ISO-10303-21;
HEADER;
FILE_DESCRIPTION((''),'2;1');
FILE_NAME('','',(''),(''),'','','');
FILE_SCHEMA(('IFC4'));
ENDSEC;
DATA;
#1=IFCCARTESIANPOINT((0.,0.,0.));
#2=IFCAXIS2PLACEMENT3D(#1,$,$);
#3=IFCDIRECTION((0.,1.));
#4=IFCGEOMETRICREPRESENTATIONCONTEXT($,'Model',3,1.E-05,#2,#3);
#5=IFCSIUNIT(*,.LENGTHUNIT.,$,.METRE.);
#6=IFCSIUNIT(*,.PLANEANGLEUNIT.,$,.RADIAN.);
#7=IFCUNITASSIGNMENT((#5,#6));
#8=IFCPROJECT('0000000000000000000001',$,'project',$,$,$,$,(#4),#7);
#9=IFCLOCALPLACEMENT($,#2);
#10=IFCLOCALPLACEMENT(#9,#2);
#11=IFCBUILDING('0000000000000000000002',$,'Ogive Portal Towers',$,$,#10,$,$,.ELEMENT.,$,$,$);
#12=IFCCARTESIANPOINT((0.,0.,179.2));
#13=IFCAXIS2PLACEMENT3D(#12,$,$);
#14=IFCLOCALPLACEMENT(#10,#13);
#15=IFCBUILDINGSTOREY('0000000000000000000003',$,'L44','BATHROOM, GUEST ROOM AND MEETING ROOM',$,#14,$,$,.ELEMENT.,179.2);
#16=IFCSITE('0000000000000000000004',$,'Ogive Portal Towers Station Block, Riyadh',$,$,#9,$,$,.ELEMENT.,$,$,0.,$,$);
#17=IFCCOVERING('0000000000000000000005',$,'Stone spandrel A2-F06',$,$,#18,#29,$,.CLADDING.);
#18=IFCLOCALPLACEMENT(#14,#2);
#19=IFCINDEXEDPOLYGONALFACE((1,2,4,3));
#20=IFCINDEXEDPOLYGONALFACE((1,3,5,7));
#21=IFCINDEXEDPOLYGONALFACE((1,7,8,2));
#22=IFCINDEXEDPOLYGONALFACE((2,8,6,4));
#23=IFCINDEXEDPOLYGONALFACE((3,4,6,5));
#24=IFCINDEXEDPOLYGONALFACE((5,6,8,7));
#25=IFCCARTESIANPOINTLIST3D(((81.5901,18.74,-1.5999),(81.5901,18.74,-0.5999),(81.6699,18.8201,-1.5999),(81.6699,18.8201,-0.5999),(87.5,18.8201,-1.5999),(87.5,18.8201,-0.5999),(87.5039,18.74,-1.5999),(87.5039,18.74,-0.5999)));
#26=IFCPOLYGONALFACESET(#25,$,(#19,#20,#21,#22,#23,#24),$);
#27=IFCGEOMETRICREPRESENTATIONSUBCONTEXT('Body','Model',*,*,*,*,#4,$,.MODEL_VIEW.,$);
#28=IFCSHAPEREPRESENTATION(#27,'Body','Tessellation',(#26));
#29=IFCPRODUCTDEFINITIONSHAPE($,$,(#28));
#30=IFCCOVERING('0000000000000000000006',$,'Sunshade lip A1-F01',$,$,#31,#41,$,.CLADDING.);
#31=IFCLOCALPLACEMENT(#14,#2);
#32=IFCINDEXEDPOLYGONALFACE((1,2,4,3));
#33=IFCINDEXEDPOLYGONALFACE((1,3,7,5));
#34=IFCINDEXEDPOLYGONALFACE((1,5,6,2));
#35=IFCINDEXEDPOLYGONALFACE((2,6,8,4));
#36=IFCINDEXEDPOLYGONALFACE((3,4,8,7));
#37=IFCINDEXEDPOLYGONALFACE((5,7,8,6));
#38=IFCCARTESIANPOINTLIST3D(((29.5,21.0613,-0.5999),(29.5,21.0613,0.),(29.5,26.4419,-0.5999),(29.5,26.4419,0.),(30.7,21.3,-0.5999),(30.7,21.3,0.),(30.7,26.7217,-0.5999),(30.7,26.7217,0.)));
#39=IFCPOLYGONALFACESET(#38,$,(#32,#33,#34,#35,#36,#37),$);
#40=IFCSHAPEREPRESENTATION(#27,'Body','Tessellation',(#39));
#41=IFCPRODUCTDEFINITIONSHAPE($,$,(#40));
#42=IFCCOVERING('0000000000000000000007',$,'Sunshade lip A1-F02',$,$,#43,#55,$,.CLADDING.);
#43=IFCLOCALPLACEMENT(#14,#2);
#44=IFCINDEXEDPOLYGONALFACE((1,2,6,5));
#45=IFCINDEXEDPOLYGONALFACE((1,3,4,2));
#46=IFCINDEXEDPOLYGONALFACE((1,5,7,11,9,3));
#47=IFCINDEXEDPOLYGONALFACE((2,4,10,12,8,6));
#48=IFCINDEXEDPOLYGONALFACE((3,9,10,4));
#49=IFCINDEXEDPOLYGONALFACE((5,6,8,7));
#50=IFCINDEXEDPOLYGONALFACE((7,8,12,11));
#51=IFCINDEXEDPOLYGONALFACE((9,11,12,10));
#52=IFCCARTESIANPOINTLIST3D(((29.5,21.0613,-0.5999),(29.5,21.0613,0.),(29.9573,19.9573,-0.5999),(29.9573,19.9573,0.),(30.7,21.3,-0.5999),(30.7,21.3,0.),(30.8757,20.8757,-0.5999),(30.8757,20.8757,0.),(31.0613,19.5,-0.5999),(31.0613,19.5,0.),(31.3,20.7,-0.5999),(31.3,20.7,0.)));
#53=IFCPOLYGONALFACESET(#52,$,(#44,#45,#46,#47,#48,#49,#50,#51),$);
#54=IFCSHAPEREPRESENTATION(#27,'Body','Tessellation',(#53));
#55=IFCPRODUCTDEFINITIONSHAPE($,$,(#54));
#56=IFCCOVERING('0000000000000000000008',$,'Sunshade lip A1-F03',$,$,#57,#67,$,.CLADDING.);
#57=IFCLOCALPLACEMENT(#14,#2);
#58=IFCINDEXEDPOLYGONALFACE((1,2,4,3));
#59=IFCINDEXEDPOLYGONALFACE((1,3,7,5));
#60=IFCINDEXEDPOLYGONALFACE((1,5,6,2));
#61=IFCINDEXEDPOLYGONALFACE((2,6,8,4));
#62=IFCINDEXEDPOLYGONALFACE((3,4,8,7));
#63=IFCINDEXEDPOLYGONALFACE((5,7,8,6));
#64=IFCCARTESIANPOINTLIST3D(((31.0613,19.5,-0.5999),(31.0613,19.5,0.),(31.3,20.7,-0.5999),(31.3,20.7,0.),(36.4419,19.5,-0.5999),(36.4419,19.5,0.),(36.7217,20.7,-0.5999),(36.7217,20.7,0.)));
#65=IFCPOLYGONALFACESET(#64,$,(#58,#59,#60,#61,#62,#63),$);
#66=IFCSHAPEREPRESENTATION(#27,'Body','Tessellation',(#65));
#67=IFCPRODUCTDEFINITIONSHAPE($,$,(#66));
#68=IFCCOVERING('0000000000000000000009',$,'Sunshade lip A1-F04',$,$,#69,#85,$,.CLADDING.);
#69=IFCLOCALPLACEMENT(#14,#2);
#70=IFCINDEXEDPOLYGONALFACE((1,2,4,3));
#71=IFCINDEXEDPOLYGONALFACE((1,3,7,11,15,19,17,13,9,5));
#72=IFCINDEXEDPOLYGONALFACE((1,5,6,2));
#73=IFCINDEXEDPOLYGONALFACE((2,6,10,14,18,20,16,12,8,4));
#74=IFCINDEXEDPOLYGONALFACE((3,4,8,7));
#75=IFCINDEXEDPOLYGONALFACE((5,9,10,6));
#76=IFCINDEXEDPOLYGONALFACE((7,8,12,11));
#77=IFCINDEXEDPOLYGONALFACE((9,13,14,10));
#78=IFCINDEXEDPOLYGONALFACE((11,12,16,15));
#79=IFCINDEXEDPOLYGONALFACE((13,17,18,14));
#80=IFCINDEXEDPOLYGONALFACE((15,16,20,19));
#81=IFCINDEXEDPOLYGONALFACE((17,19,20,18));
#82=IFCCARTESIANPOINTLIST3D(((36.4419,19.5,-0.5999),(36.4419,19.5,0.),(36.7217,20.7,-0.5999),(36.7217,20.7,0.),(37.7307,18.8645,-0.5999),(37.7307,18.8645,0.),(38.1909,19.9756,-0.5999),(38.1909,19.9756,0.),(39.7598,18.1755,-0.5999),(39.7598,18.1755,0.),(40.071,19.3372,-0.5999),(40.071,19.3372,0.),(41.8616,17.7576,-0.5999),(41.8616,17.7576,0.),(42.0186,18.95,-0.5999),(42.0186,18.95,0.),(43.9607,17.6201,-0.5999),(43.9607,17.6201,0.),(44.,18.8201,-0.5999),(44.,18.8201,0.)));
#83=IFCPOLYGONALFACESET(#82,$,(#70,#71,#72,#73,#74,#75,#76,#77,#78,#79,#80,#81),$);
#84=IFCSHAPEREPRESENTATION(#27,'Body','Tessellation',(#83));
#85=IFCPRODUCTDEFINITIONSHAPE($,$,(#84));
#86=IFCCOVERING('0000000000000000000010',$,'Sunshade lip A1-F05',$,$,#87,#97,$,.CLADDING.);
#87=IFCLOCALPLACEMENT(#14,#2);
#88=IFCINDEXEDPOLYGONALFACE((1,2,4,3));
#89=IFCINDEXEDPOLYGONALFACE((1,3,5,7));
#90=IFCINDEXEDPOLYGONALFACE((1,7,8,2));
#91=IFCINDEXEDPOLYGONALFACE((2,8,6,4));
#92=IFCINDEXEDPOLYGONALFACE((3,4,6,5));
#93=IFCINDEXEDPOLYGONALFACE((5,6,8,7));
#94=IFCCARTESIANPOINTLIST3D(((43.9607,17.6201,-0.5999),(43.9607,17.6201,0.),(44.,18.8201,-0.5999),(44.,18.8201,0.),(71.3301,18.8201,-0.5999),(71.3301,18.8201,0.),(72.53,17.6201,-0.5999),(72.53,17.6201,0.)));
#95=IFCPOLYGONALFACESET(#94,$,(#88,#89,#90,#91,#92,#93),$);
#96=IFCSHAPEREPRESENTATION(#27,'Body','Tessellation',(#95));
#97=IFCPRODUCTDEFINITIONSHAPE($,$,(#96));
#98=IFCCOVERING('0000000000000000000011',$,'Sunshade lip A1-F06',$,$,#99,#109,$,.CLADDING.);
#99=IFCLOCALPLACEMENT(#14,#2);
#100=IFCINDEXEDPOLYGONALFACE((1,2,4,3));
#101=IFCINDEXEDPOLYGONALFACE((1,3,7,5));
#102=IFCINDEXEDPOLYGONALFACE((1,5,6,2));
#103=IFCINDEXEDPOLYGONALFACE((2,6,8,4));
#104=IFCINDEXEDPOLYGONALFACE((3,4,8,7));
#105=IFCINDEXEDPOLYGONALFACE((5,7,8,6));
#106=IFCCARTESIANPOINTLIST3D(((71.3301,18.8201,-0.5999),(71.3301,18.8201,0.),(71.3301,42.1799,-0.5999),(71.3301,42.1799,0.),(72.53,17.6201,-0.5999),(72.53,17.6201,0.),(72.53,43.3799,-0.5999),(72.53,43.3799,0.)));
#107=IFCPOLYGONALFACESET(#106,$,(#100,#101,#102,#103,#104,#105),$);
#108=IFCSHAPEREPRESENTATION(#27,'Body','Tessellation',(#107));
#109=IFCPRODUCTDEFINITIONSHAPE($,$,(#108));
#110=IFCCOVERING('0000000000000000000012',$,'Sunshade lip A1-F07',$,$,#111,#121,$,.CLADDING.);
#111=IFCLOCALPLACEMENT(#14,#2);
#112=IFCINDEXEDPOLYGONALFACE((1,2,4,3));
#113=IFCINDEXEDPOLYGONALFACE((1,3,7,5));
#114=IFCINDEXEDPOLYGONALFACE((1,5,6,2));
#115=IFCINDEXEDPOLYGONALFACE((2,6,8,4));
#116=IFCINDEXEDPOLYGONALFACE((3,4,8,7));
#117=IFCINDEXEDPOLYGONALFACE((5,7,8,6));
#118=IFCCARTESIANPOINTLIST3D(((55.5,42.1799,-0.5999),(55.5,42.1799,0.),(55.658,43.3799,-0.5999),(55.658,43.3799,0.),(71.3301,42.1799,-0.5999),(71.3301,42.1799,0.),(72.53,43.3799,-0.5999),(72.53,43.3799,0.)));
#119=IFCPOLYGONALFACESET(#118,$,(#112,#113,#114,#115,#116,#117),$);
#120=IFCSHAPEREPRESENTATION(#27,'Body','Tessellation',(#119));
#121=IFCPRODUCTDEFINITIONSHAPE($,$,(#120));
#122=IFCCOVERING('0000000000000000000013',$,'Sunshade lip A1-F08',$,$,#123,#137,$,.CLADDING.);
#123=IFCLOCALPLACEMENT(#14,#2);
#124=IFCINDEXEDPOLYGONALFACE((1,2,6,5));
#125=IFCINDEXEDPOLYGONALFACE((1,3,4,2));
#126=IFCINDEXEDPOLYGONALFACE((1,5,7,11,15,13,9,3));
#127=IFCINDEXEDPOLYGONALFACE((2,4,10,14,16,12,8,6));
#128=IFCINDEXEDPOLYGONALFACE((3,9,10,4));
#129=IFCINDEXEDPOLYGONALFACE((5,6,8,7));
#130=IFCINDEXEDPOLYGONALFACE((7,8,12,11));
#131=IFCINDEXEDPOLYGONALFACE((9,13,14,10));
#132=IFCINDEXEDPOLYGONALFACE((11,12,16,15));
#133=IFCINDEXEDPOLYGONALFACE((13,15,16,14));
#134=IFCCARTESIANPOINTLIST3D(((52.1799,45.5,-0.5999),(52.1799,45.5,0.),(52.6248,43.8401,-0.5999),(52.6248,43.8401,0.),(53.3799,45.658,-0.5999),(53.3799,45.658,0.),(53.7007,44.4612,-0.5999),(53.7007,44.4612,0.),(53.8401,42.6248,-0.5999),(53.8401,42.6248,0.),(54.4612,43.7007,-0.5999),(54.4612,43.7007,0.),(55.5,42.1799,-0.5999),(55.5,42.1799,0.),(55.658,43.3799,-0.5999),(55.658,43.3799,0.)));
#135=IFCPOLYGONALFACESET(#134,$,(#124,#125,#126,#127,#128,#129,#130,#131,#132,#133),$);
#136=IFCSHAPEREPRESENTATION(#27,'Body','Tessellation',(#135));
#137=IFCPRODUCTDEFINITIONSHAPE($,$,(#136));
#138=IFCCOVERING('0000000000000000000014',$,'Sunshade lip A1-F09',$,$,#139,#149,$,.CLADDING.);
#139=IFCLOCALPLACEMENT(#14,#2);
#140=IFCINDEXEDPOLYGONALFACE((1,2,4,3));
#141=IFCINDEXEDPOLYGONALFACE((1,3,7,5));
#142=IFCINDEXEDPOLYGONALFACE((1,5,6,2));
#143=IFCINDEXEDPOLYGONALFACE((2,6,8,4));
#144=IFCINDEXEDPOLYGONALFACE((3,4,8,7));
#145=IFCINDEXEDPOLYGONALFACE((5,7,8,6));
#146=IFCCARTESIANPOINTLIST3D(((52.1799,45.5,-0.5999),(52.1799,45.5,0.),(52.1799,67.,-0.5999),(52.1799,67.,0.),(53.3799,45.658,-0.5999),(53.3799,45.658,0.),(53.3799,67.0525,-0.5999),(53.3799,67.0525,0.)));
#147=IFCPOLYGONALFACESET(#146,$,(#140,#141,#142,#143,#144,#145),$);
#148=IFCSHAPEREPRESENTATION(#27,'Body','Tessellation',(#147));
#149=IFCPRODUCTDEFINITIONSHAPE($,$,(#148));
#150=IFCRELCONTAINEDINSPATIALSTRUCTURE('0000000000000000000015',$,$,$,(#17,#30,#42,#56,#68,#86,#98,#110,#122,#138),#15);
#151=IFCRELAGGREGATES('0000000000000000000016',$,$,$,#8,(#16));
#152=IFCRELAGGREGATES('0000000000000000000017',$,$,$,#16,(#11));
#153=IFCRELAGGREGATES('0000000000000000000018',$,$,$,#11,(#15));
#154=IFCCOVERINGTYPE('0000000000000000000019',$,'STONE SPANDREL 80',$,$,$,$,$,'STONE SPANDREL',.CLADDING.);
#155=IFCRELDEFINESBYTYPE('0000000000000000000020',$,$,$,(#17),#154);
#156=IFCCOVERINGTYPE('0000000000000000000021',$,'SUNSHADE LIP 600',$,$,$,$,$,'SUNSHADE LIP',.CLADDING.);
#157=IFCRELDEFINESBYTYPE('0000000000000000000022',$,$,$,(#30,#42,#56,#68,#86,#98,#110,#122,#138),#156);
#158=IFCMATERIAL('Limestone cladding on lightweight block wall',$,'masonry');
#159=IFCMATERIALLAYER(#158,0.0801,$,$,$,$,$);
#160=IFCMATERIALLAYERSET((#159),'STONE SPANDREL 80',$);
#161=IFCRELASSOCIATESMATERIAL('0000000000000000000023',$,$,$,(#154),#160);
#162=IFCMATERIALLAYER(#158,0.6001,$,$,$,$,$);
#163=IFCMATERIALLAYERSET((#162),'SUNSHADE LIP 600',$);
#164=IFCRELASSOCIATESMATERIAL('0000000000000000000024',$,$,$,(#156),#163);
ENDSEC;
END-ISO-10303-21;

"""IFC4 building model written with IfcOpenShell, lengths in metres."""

from ifc_helpers import new_model, si_unit, direction, frame, origin, place, context, subcontext, project, spatial, polyline, outline, extrude, material, layer, layer_set, type_object, element, save


model = new_model("IFC4")

# Units and contexts
model_context = context("Model", 3, precision=1e-05, world=origin(), true_north=direction((0.0, 1.0)))
body_context = subcontext(model_context, "Body", "Model", "MODEL_VIEW")
ifc_project = project(units=[si_unit("LENGTHUNIT", "METRE"), si_unit("PLANEANGLEUNIT", "RADIAN")], contexts=[model_context])

# Site, building, storey
site_placement = place(None, origin())
site = spatial("IfcSite", under=ifc_project, at=site_placement, Name="Ogive Portal Towers Station Block, Riyadh", CompositionType="ELEMENT", RefElevation=0.0)
building_placement = place(site_placement, origin())
building = spatial("IfcBuilding", under=site, at=building_placement, Name="Ogive Portal Towers", CompositionType="ELEMENT")
storey_placement = place(building_placement, frame((0.0, 0.0, 179.2)))
storey = spatial("IfcBuildingStorey", under=building, at=storey_placement, Name="L44", Description="BATHROOM, GUEST ROOM AND MEETING ROOM", CompositionType="ELEMENT", Elevation=179.2)

# Coverings
ifc_material_1 = material(Name="Limestone cladding on lightweight block wall", Category="masonry")
ifc_layer_1 = layer(ifc_material_1, 0.0801)
ifc_layer_set_1 = layer_set([ifc_layer_1], Name="STONE SPANDREL 80")
covering_type_1 = type_object("IfcCoveringType", Name="STONE SPANDREL 80", ElementType="STONE SPANDREL", PredefinedType="CLADDING", material=ifc_layer_set_1)
covering_1_placement = place(storey_placement, frame((0.0, 0.0, -1.5999)))
element("IfcCovering", 1, at=covering_1_placement, inside=storey, type_object=covering_type_1, Name="Stone spandrel A2-F06", PredefinedType="CLADDING", context=body_context, shape_type="SweptSolid", body=[
    extrude(outline(polyline([(81.6699, 18.8201), (87.5, 18.8201), (87.5039, 18.74), (81.5901, 18.74), (81.6699, 18.8201)])), origin(), (0.0, 0.0, 1.0), 1.0),
])
ifc_layer_2 = layer(ifc_material_1, 0.6001)
ifc_layer_set_2 = layer_set([ifc_layer_2], Name="SUNSHADE LIP 600")
covering_type_2 = type_object("IfcCoveringType", Name="SUNSHADE LIP 600", ElementType="SUNSHADE LIP", PredefinedType="CLADDING", material=ifc_layer_set_2)
covering_2_placement = place(storey_placement, frame((0.0, 0.0, -0.5999)))
element("IfcCovering", 2, at=covering_2_placement, inside=storey, type_object=covering_type_2, Name="Sunshade lip A1-F01", PredefinedType="CLADDING", context=body_context, shape_type="SweptSolid", body=[
    extrude(outline(polyline([(30.7, 26.7217), (30.7, 21.3), (29.5, 21.0613), (29.5, 26.4419), (30.7, 26.7217)])), origin(), (0.0, 0.0, 1.0), 0.5999),
])
covering_3_placement = place(storey_placement, frame((0.0, 0.0, -0.5999)))
element("IfcCovering", 3, at=covering_3_placement, inside=storey, type_object=covering_type_2, Name="Sunshade lip A1-F02", PredefinedType="CLADDING", context=body_context, shape_type="SweptSolid", body=[
    extrude(outline(polyline([(30.7, 21.3), (30.8757, 20.8757), (31.3, 20.7), (31.0613, 19.5), (29.9573, 19.9573), (29.5, 21.0613), (30.7, 21.3)])), origin(), (0.0, 0.0, 1.0), 0.5999),
])
covering_4_placement = place(storey_placement, frame((0.0, 0.0, -0.5999)))
element("IfcCovering", 4, at=covering_4_placement, inside=storey, type_object=covering_type_2, Name="Sunshade lip A1-F03", PredefinedType="CLADDING", context=body_context, shape_type="SweptSolid", body=[
    extrude(outline(polyline([(31.3, 20.7), (36.7217, 20.7), (36.4419, 19.5), (31.0613, 19.5), (31.3, 20.7)])), origin(), (0.0, 0.0, 1.0), 0.5999),
])
covering_5_placement = place(storey_placement, frame((0.0, 0.0, -0.5999)))
element("IfcCovering", 5, at=covering_5_placement, inside=storey, type_object=covering_type_2, Name="Sunshade lip A1-F04", PredefinedType="CLADDING", context=body_context, shape_type="SweptSolid", body=[
    extrude(outline(polyline([(36.7217, 20.7), (38.1909, 19.9756), (40.071, 19.3372), (42.0186, 18.95), (44.0, 18.8201), (43.9607, 17.6201), (41.8616, 17.7576), (39.7598, 18.1755), (37.7307, 18.8645), (36.4419, 19.5), (36.7217, 20.7)])), origin(), (0.0, 0.0, 1.0), 0.5999),
])
covering_6_placement = place(storey_placement, frame((0.0, 0.0, -0.5999)))
element("IfcCovering", 6, at=covering_6_placement, inside=storey, type_object=covering_type_2, Name="Sunshade lip A1-F05", PredefinedType="CLADDING", context=body_context, shape_type="SweptSolid", body=[
    extrude(outline(polyline([(44.0, 18.8201), (71.3301, 18.8201), (72.53, 17.6201), (43.9607, 17.6201), (44.0, 18.8201)])), origin(), (0.0, 0.0, 1.0), 0.5999),
])
covering_7_placement = place(storey_placement, frame((0.0, 0.0, -0.5999)))
element("IfcCovering", 7, at=covering_7_placement, inside=storey, type_object=covering_type_2, Name="Sunshade lip A1-F06", PredefinedType="CLADDING", context=body_context, shape_type="SweptSolid", body=[
    extrude(outline(polyline([(71.3301, 18.8201), (71.3301, 42.1799), (72.53, 43.3799), (72.53, 17.6201), (71.3301, 18.8201)])), origin(), (0.0, 0.0, 1.0), 0.5999),
])
covering_8_placement = place(storey_placement, frame((0.0, 0.0, -0.5999)))
element("IfcCovering", 8, at=covering_8_placement, inside=storey, type_object=covering_type_2, Name="Sunshade lip A1-F07", PredefinedType="CLADDING", context=body_context, shape_type="SweptSolid", body=[
    extrude(outline(polyline([(71.3301, 42.1799), (55.5, 42.1799), (55.658, 43.3799), (72.53, 43.3799), (71.3301, 42.1799)])), origin(), (0.0, 0.0, 1.0), 0.5999),
])
covering_9_placement = place(storey_placement, frame((0.0, 0.0, -0.5999)))
element("IfcCovering", 9, at=covering_9_placement, inside=storey, type_object=covering_type_2, Name="Sunshade lip A1-F08", PredefinedType="CLADDING", context=body_context, shape_type="SweptSolid", body=[
    extrude(outline(polyline([(55.5, 42.1799), (53.8401, 42.6248), (52.6248, 43.8401), (52.1799, 45.5), (53.3799, 45.658), (53.7007, 44.4612), (54.4612, 43.7007), (55.658, 43.3799), (55.5, 42.1799)])), origin(), (0.0, 0.0, 1.0), 0.5999),
])
covering_10_placement = place(storey_placement, frame((0.0, 0.0, -0.5999)))
element("IfcCovering", 10, at=covering_10_placement, inside=storey, type_object=covering_type_2, Name="Sunshade lip A1-F09", PredefinedType="CLADDING", context=body_context, shape_type="SweptSolid", body=[
    extrude(outline(polyline([(52.1799, 45.5), (52.1799, 67.0), (53.3799, 67.0525), (53.3799, 45.658), (52.1799, 45.5)])), origin(), (0.0, 0.0, 1.0), 0.5999),
])

save(model, "model.ifc")
